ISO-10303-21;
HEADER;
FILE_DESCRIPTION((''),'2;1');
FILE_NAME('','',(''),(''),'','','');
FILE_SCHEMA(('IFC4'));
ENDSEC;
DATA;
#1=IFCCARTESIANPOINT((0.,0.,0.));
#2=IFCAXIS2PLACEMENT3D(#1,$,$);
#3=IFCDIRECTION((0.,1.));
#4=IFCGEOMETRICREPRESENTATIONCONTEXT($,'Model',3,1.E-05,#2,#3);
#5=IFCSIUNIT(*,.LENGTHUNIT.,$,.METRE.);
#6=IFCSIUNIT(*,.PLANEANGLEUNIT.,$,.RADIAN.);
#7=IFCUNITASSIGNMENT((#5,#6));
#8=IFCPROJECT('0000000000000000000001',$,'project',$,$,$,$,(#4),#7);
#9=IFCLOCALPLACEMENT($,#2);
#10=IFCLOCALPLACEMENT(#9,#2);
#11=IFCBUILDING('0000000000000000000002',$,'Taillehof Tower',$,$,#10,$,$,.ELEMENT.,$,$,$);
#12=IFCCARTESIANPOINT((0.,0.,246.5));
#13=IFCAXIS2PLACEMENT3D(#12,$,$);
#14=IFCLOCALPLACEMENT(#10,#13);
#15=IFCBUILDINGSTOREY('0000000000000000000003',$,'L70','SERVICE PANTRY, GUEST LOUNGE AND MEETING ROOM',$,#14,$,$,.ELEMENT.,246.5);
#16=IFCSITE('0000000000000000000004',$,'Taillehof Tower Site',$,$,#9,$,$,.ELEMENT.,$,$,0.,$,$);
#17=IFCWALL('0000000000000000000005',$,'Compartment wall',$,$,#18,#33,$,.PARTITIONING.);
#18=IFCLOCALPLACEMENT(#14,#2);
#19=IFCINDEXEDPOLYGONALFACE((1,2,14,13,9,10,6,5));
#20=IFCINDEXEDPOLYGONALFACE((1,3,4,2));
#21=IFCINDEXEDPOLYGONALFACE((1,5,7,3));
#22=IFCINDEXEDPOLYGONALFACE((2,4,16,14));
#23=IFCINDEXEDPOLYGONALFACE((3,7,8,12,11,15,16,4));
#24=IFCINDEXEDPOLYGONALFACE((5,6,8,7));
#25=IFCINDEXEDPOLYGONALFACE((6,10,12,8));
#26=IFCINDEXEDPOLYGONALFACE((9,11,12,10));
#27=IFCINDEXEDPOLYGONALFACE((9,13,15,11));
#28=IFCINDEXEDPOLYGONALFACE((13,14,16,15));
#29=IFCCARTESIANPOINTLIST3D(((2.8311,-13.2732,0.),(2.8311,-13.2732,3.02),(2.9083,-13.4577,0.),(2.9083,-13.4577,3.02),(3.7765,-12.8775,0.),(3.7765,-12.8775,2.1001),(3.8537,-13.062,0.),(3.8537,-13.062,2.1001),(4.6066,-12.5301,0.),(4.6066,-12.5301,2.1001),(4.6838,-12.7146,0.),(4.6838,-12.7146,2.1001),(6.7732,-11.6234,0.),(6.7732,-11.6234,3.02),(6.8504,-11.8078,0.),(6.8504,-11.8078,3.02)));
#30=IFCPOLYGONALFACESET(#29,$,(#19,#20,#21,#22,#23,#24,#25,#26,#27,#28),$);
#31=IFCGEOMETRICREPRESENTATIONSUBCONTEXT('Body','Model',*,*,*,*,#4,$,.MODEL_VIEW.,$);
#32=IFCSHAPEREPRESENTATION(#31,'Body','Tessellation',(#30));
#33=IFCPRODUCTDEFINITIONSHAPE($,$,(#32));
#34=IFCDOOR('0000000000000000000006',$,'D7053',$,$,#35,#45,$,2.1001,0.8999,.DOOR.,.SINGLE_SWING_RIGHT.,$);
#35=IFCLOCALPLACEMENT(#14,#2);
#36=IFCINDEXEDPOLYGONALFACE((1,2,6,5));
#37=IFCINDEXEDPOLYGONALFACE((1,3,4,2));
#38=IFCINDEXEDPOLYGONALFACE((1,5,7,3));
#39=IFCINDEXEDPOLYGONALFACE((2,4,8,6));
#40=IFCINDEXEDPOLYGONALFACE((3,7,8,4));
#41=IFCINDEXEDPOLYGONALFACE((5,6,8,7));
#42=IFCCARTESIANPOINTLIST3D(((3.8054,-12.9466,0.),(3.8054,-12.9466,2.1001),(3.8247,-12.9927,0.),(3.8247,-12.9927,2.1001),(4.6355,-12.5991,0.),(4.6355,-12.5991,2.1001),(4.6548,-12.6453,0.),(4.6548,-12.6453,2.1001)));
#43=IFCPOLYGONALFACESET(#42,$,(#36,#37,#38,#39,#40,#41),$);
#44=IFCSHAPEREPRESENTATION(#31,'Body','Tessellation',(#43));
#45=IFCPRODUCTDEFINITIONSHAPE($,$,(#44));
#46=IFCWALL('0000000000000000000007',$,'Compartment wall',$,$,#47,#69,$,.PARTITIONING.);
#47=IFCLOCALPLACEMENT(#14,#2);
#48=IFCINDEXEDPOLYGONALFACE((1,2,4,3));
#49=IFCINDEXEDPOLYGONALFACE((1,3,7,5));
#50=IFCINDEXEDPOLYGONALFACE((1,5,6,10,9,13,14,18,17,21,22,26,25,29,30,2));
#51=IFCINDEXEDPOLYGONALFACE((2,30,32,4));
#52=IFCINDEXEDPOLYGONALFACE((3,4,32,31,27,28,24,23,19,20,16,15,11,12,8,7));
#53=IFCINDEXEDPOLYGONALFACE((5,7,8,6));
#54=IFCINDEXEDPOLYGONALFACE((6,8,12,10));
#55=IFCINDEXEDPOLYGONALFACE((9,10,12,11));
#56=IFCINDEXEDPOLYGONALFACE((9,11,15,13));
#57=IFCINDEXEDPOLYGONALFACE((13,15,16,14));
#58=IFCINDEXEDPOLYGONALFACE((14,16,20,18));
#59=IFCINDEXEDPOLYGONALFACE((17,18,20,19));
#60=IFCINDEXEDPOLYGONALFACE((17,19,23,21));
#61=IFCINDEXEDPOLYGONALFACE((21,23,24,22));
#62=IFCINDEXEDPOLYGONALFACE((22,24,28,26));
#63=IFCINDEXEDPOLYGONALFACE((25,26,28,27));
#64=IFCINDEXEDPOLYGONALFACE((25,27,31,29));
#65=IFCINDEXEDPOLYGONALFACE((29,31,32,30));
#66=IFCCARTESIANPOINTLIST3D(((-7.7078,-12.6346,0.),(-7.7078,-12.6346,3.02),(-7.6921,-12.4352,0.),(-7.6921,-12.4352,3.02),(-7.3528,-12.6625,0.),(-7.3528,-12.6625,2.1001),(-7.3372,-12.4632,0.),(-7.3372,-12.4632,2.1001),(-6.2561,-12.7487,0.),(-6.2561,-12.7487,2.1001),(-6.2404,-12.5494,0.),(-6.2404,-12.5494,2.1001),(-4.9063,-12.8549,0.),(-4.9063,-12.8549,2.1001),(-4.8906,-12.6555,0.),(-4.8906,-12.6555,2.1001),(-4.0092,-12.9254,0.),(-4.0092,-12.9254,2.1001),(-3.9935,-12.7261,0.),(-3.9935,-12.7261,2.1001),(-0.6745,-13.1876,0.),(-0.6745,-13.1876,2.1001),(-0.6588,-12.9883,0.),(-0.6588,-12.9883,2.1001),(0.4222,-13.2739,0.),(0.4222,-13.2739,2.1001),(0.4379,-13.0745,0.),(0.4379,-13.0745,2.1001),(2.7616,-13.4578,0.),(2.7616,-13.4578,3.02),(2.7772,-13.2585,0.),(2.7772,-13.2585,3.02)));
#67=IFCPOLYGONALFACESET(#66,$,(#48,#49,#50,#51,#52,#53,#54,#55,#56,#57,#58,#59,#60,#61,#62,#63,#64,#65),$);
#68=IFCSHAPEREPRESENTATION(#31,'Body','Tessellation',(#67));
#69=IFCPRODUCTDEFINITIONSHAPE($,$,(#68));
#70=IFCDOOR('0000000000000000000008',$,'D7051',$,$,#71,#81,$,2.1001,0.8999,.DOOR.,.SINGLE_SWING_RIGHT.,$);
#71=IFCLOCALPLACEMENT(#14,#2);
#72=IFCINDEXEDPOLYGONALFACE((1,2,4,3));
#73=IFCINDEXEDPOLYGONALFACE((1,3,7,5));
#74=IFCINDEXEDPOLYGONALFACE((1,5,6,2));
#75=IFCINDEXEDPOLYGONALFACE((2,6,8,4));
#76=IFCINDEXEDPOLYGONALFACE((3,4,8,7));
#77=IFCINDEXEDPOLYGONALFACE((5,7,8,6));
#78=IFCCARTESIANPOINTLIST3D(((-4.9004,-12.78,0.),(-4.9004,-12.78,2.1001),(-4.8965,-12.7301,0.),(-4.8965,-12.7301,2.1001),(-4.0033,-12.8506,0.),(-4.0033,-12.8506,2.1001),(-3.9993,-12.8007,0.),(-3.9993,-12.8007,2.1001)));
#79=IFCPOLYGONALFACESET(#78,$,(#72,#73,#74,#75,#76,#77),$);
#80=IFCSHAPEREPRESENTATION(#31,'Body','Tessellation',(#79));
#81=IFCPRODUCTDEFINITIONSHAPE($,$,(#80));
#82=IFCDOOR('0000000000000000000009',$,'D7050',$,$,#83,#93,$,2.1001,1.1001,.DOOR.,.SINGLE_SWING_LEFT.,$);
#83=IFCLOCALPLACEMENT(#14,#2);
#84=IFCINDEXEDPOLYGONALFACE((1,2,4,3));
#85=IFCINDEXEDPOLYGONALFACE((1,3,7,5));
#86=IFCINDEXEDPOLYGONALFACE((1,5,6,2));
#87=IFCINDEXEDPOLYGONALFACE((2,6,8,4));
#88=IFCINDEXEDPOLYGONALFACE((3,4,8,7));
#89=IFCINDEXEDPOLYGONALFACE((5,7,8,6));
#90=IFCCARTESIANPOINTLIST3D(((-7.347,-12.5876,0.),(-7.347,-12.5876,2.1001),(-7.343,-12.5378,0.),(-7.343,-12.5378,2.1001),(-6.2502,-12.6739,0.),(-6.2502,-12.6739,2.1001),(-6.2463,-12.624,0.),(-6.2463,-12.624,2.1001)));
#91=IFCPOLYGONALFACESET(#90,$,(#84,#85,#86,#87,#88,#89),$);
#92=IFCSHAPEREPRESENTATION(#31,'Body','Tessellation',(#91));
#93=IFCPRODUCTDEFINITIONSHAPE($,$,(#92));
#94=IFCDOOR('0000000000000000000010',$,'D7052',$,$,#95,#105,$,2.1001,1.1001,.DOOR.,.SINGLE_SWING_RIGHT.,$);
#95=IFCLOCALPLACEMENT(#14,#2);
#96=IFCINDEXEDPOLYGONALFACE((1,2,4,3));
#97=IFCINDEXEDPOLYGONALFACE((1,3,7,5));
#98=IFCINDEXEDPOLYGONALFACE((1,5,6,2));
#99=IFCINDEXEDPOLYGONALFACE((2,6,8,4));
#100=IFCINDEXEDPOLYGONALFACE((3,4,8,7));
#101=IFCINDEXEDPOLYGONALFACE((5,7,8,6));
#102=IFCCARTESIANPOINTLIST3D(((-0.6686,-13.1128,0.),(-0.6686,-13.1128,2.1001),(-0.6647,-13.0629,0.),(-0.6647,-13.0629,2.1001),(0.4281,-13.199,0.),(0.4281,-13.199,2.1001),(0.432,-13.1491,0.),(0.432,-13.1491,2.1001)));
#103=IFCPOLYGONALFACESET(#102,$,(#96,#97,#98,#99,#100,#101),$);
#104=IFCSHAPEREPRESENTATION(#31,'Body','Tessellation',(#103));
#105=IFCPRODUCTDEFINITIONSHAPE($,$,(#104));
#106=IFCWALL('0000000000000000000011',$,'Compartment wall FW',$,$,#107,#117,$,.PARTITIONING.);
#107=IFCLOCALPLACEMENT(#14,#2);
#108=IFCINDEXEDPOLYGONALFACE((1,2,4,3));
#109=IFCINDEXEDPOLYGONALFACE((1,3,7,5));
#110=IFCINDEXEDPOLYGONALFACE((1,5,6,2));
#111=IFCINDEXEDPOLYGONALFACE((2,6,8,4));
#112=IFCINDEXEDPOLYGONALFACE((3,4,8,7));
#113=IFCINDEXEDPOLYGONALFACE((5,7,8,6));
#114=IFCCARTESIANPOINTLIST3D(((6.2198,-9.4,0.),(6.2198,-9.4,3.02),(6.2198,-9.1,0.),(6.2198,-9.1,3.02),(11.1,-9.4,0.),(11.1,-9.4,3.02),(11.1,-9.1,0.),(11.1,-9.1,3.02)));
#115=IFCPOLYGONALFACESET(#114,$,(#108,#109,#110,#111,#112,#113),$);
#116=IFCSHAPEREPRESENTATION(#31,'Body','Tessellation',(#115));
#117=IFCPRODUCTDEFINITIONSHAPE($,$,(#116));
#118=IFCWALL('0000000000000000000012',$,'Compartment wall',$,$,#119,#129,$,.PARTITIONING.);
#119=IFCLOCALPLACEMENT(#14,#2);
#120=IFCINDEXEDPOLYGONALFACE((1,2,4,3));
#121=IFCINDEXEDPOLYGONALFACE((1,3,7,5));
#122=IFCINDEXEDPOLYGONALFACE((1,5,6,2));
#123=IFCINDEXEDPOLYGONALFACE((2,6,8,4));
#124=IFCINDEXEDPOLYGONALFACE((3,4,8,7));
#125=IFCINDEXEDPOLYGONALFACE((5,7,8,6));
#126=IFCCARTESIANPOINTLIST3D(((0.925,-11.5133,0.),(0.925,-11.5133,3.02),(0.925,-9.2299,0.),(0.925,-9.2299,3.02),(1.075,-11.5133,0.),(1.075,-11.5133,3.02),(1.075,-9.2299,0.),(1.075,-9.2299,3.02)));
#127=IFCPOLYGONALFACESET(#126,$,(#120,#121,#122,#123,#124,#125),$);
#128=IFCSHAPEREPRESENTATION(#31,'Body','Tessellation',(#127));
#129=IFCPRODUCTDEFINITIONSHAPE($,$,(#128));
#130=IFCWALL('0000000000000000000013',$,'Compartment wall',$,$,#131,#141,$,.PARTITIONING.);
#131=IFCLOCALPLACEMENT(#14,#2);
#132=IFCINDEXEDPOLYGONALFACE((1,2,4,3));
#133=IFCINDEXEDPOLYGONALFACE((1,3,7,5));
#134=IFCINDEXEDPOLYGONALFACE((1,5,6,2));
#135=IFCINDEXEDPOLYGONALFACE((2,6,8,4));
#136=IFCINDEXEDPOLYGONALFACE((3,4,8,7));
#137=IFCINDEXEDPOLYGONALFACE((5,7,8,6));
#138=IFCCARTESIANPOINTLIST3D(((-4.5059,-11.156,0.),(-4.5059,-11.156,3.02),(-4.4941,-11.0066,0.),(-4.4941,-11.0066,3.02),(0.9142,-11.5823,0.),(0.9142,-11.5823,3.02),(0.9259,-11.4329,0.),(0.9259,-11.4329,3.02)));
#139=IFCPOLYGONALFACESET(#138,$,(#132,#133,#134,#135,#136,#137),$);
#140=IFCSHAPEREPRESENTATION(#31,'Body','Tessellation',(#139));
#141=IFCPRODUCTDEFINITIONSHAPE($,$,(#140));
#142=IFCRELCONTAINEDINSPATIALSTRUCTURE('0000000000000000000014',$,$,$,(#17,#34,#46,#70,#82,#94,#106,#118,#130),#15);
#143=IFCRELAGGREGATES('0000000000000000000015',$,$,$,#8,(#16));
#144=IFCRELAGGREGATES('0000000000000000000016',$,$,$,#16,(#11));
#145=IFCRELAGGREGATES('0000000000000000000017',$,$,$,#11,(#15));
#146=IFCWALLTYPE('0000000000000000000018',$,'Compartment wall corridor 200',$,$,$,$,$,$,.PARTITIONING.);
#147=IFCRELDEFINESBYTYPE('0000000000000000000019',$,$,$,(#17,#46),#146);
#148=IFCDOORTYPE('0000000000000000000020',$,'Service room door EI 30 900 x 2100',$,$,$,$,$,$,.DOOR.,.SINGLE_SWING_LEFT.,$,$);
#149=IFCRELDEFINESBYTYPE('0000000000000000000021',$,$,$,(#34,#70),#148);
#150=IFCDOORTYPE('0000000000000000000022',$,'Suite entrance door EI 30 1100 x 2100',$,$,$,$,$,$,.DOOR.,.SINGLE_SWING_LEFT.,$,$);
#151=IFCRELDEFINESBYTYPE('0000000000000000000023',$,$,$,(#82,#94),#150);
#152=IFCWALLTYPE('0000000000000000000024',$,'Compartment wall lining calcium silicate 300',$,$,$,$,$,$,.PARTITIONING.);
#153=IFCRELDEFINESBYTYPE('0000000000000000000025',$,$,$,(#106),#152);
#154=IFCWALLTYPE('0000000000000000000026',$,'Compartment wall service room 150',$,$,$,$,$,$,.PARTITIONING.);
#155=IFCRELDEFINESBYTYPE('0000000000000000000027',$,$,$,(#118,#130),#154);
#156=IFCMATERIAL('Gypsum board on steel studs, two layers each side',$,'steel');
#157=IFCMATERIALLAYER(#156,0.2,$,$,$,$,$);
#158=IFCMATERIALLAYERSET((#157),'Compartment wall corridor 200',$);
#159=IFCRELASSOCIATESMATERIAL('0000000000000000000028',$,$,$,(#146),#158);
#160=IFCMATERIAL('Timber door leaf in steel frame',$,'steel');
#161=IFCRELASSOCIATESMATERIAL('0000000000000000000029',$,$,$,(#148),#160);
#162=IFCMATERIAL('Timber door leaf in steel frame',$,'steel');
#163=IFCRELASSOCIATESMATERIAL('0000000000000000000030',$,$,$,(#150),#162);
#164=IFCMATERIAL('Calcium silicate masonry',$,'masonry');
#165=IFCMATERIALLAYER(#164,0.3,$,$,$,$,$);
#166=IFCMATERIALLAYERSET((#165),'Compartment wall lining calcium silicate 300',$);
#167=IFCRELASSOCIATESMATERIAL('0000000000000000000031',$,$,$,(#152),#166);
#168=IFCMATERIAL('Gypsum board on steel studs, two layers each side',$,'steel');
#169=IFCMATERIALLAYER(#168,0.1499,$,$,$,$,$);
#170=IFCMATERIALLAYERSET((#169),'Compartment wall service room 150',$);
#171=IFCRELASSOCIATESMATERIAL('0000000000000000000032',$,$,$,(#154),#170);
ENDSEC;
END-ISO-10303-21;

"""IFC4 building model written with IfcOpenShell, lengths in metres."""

from ifc_helpers import new_model, si_unit, direction, frame, frame_2d, origin, place, context, subcontext, project, spatial, rectangle, extrude, material, layer, layer_set, type_object, element, fill, save


model = new_model("IFC4")

# Units and contexts
model_context = context("Model", 3, precision=1e-05, world=origin(), true_north=direction((0.0, 1.0)))
body_context = subcontext(model_context, "Body", "Model", "MODEL_VIEW")
ifc_project = project(units=[si_unit("LENGTHUNIT", "METRE"), si_unit("PLANEANGLEUNIT", "RADIAN")], contexts=[model_context])

# Site, building, storey
site_placement = place(None, origin())
site = spatial("IfcSite", under=ifc_project, at=site_placement, Name="Taillehof Tower Site", CompositionType="ELEMENT", RefElevation=0.0)
building_placement = place(site_placement, origin())
building = spatial("IfcBuilding", under=site, at=building_placement, Name="Taillehof Tower", CompositionType="ELEMENT")
storey_placement = place(building_placement, frame((0.0, 0.0, 246.5)))
storey = spatial("IfcBuildingStorey", under=building, at=storey_placement, Name="L70", Description="SERVICE PANTRY, GUEST LOUNGE AND MEETING ROOM", CompositionType="ELEMENT", Elevation=246.5)

# Wall, opening, door
ifc_material_1 = material(Name="Gypsum board on steel studs, two layers each side", Category="steel")
ifc_layer_1 = layer(ifc_material_1, 0.2)
ifc_layer_set_1 = layer_set([ifc_layer_1], Name="Compartment wall corridor 200")
wall_type_1 = type_object("IfcWallType", Name="Compartment wall corridor 200", PredefinedType="PARTITIONING", material=ifc_layer_set_1)
wall_1_placement = place(storey_placement, frame((6.8118, -11.7156, 0.0), z_axis=(0.0, 0.0, 1.0), x_axis=(-0.922466, -0.386079, 0.0)))
wall_1 = element("IfcWall", 1, at=wall_1_placement, inside=storey, type_object=wall_type_1, Name="Compartment wall", PredefinedType="PARTITIONING", context=body_context, shape_type="SweptSolid", body=[
    extrude(rectangle(XDim=4.2734, YDim=0.2, at=frame_2d((2.1367, 0.0))), origin(), (0.0, 0.0, 1.0), 3.02),
])
opening_1_placement = place(wall_1_placement, frame((2.3486, 0.0, 0.0)))
opening_1 = element("IfcOpeningElement", 2, at=opening_1_placement, cuts=wall_1, PredefinedType="OPENING", context=body_context, shape_type="SweptSolid", body=[
    extrude(rectangle(XDim=0.8999, YDim=2.1001, at=frame_2d((0.45, 1.05))), frame((0.0, 0.1099, 0.0), z_axis=(0.0, -1.0, 0.0), x_axis=(1.0, 0.0, 0.0)), (0.0, 0.0, 1.0), 0.22),
])
ifc_material_2 = material(Name="Timber door leaf in steel frame", Category="steel")
door_type_1 = type_object("IfcDoorType", Name="Service room door EI 30 900 x 2100", OperationType="SINGLE_SWING_LEFT", PredefinedType="DOOR", material=ifc_material_2)
door_1_placement = place(opening_1_placement, origin())
door_1 = element("IfcDoor", 3, at=door_1_placement, inside=storey, type_object=door_type_1, Name="D7053", OperationType="SINGLE_SWING_RIGHT", OverallHeight=2.1001, OverallWidth=0.8999, PredefinedType="DOOR", context=body_context, shape_type="SweptSolid", body=[
    extrude(rectangle(XDim=0.8999, YDim=2.1001, at=frame_2d((0.45, 1.05))), frame((0.0, 0.0249, 0.0), z_axis=(0.0, -1.0, 0.0), x_axis=(1.0, 0.0, 0.0)), (0.0, 0.0, 1.0), 0.05),
])
fill(opening_1, door_1)

# Wall, openings, doors
wall_2_placement = place(storey_placement, frame((2.7695, -13.3582, 0.0), z_axis=(0.0, 0.0, 1.0), x_axis=(-0.996923, 0.078391, 0.0)))
wall_2 = element("IfcWall", 4, at=wall_2_placement, inside=storey, type_object=wall_type_1, Name="Compartment wall", PredefinedType="PARTITIONING", context=body_context, shape_type="SweptSolid", body=[
    extrude(rectangle(XDim=10.5017, YDim=0.2, at=frame_2d((5.251, 0.0))), origin(), (0.0, 0.0, 1.0), 3.02),
])
opening_2_placement = place(wall_2_placement, frame((9.0457, 0.0, 0.0)))
opening_2 = element("IfcOpeningElement", 5, at=opening_2_placement, cuts=wall_2, PredefinedType="OPENING", context=body_context, shape_type="SweptSolid", body=[
    extrude(rectangle(XDim=1.1001, YDim=2.1001, at=frame_2d((0.55, 1.05))), frame((0.0, 0.1099, 0.0), z_axis=(0.0, -1.0, 0.0), x_axis=(1.0, 0.0, 0.0)), (0.0, 0.0, 1.0), 0.22),
])
opening_3_placement = place(wall_2_placement, frame((6.7917, 0.0, 0.0)))
opening_3 = element("IfcOpeningElement", 6, at=opening_3_placement, cuts=wall_2, PredefinedType="OPENING", context=body_context, shape_type="SweptSolid", body=[
    extrude(rectangle(XDim=0.8999, YDim=2.1001, at=frame_2d((0.45, 1.05))), frame((0.0, 0.1099, 0.0), z_axis=(0.0, -1.0, 0.0), x_axis=(1.0, 0.0, 0.0)), (0.0, 0.0, 1.0), 0.22),
])
opening_4_placement = place(wall_2_placement, frame((2.3467, 0.0, 0.0)))
opening_4 = element("IfcOpeningElement", 7, at=opening_4_placement, cuts=wall_2, PredefinedType="OPENING", context=body_context, shape_type="SweptSolid", body=[
    extrude(rectangle(XDim=1.1001, YDim=2.1001, at=frame_2d((0.55, 1.05))), frame((0.0, 0.1099, 0.0), z_axis=(0.0, -1.0, 0.0), x_axis=(1.0, 0.0, 0.0)), (0.0, 0.0, 1.0), 0.22),
])
door_2_placement = place(opening_3_placement, origin())
door_2 = element("IfcDoor", 8, at=door_2_placement, inside=storey, type_object=door_type_1, Name="D7051", OperationType="SINGLE_SWING_RIGHT", OverallHeight=2.1001, OverallWidth=0.8999, PredefinedType="DOOR", context=body_context, shape_type="SweptSolid", body=[
    extrude(rectangle(XDim=0.8999, YDim=2.1001, at=frame_2d((0.45, 1.05))), frame((0.0, 0.0249, 0.0), z_axis=(0.0, -1.0, 0.0), x_axis=(1.0, 0.0, 0.0)), (0.0, 0.0, 1.0), 0.05),
])
fill(opening_3, door_2)
ifc_material_3 = material(Name="Timber door leaf in steel frame", Category="steel")
door_type_2 = type_object("IfcDoorType", Name="Suite entrance door EI 30 1100 x 2100", OperationType="SINGLE_SWING_LEFT", PredefinedType="DOOR", material=ifc_material_3)
door_3_placement = place(opening_2_placement, origin())
door_3 = element("IfcDoor", 9, at=door_3_placement, inside=storey, type_object=door_type_2, Name="D7050", OperationType="SINGLE_SWING_LEFT", OverallHeight=2.1001, OverallWidth=1.1001, PredefinedType="DOOR", context=body_context, shape_type="SweptSolid", body=[
    extrude(rectangle(XDim=1.1001, YDim=2.1001, at=frame_2d((0.55, 1.05))), frame((0.0, 0.0249, 0.0), z_axis=(0.0, -1.0, 0.0), x_axis=(1.0, 0.0, 0.0)), (0.0, 0.0, 1.0), 0.05),
])
fill(opening_2, door_3)
door_4_placement = place(opening_4_placement, origin())
door_4 = element("IfcDoor", 10, at=door_4_placement, inside=storey, type_object=door_type_2, Name="D7052", OperationType="SINGLE_SWING_RIGHT", OverallHeight=2.1001, OverallWidth=1.1001, PredefinedType="DOOR", context=body_context, shape_type="SweptSolid", body=[
    extrude(rectangle(XDim=1.1001, YDim=2.1001, at=frame_2d((0.55, 1.05))), frame((0.0, 0.0249, 0.0), z_axis=(0.0, -1.0, 0.0), x_axis=(1.0, 0.0, 0.0)), (0.0, 0.0, 1.0), 0.05),
])
fill(opening_4, door_4)

# Walls
ifc_material_4 = material(Name="Calcium silicate masonry", Category="masonry")
ifc_layer_2 = layer(ifc_material_4, 0.3)
ifc_layer_set_2 = layer_set([ifc_layer_2], Name="Compartment wall lining calcium silicate 300")
wall_type_2 = type_object("IfcWallType", Name="Compartment wall lining calcium silicate 300", PredefinedType="PARTITIONING", material=ifc_layer_set_2)
wall_3_placement = place(storey_placement, frame((6.22, -9.25, 0.0), z_axis=(0.0, 0.0, 1.0), x_axis=(1.0, 0.0, 0.0)))
element("IfcWall", 11, at=wall_3_placement, inside=storey, type_object=wall_type_2, Name="Compartment wall FW", PredefinedType="PARTITIONING", context=body_context, shape_type="SweptSolid", body=[
    extrude(rectangle(XDim=4.8801, YDim=0.3, at=frame_2d((2.4399, 0.0))), origin(), (0.0, 0.0, 1.0), 3.02),
])
ifc_material_5 = material(Name="Gypsum board on steel studs, two layers each side", Category="steel")
ifc_layer_3 = layer(ifc_material_5, 0.1499)
ifc_layer_set_3 = layer_set([ifc_layer_3], Name="Compartment wall service room 150")
wall_type_3 = type_object("IfcWallType", Name="Compartment wall service room 150", PredefinedType="PARTITIONING", material=ifc_layer_set_3)
wall_4_placement = place(storey_placement, frame((1.0, -9.23, 0.0), z_axis=(0.0, 0.0, 1.0), x_axis=(0.0, -1.0, 0.0)))
element("IfcWall", 12, at=wall_4_placement, inside=storey, type_object=wall_type_3, Name="Compartment wall", PredefinedType="PARTITIONING", context=body_context, shape_type="SweptSolid", body=[
    extrude(rectangle(XDim=2.2834, YDim=0.1499, at=frame_2d((1.1416, 0.0))), origin(), (0.0, 0.0, 1.0), 3.02),
])
wall_5_placement = place(storey_placement, frame((0.9199, -11.5076, 0.0), z_axis=(0.0, 0.0, 1.0), x_axis=(-0.996921, 0.078407, 0.0)))
element("IfcWall", 13, at=wall_5_placement, inside=storey, type_object=wall_type_3, Name="Compartment wall", PredefinedType="PARTITIONING", context=body_context, shape_type="SweptSolid", body=[
    extrude(rectangle(XDim=5.4368, YDim=0.1499, at=frame_2d((2.7183, 0.0))), origin(), (0.0, 0.0, 1.0), 3.02),
])

save(model, "model.ifc")
